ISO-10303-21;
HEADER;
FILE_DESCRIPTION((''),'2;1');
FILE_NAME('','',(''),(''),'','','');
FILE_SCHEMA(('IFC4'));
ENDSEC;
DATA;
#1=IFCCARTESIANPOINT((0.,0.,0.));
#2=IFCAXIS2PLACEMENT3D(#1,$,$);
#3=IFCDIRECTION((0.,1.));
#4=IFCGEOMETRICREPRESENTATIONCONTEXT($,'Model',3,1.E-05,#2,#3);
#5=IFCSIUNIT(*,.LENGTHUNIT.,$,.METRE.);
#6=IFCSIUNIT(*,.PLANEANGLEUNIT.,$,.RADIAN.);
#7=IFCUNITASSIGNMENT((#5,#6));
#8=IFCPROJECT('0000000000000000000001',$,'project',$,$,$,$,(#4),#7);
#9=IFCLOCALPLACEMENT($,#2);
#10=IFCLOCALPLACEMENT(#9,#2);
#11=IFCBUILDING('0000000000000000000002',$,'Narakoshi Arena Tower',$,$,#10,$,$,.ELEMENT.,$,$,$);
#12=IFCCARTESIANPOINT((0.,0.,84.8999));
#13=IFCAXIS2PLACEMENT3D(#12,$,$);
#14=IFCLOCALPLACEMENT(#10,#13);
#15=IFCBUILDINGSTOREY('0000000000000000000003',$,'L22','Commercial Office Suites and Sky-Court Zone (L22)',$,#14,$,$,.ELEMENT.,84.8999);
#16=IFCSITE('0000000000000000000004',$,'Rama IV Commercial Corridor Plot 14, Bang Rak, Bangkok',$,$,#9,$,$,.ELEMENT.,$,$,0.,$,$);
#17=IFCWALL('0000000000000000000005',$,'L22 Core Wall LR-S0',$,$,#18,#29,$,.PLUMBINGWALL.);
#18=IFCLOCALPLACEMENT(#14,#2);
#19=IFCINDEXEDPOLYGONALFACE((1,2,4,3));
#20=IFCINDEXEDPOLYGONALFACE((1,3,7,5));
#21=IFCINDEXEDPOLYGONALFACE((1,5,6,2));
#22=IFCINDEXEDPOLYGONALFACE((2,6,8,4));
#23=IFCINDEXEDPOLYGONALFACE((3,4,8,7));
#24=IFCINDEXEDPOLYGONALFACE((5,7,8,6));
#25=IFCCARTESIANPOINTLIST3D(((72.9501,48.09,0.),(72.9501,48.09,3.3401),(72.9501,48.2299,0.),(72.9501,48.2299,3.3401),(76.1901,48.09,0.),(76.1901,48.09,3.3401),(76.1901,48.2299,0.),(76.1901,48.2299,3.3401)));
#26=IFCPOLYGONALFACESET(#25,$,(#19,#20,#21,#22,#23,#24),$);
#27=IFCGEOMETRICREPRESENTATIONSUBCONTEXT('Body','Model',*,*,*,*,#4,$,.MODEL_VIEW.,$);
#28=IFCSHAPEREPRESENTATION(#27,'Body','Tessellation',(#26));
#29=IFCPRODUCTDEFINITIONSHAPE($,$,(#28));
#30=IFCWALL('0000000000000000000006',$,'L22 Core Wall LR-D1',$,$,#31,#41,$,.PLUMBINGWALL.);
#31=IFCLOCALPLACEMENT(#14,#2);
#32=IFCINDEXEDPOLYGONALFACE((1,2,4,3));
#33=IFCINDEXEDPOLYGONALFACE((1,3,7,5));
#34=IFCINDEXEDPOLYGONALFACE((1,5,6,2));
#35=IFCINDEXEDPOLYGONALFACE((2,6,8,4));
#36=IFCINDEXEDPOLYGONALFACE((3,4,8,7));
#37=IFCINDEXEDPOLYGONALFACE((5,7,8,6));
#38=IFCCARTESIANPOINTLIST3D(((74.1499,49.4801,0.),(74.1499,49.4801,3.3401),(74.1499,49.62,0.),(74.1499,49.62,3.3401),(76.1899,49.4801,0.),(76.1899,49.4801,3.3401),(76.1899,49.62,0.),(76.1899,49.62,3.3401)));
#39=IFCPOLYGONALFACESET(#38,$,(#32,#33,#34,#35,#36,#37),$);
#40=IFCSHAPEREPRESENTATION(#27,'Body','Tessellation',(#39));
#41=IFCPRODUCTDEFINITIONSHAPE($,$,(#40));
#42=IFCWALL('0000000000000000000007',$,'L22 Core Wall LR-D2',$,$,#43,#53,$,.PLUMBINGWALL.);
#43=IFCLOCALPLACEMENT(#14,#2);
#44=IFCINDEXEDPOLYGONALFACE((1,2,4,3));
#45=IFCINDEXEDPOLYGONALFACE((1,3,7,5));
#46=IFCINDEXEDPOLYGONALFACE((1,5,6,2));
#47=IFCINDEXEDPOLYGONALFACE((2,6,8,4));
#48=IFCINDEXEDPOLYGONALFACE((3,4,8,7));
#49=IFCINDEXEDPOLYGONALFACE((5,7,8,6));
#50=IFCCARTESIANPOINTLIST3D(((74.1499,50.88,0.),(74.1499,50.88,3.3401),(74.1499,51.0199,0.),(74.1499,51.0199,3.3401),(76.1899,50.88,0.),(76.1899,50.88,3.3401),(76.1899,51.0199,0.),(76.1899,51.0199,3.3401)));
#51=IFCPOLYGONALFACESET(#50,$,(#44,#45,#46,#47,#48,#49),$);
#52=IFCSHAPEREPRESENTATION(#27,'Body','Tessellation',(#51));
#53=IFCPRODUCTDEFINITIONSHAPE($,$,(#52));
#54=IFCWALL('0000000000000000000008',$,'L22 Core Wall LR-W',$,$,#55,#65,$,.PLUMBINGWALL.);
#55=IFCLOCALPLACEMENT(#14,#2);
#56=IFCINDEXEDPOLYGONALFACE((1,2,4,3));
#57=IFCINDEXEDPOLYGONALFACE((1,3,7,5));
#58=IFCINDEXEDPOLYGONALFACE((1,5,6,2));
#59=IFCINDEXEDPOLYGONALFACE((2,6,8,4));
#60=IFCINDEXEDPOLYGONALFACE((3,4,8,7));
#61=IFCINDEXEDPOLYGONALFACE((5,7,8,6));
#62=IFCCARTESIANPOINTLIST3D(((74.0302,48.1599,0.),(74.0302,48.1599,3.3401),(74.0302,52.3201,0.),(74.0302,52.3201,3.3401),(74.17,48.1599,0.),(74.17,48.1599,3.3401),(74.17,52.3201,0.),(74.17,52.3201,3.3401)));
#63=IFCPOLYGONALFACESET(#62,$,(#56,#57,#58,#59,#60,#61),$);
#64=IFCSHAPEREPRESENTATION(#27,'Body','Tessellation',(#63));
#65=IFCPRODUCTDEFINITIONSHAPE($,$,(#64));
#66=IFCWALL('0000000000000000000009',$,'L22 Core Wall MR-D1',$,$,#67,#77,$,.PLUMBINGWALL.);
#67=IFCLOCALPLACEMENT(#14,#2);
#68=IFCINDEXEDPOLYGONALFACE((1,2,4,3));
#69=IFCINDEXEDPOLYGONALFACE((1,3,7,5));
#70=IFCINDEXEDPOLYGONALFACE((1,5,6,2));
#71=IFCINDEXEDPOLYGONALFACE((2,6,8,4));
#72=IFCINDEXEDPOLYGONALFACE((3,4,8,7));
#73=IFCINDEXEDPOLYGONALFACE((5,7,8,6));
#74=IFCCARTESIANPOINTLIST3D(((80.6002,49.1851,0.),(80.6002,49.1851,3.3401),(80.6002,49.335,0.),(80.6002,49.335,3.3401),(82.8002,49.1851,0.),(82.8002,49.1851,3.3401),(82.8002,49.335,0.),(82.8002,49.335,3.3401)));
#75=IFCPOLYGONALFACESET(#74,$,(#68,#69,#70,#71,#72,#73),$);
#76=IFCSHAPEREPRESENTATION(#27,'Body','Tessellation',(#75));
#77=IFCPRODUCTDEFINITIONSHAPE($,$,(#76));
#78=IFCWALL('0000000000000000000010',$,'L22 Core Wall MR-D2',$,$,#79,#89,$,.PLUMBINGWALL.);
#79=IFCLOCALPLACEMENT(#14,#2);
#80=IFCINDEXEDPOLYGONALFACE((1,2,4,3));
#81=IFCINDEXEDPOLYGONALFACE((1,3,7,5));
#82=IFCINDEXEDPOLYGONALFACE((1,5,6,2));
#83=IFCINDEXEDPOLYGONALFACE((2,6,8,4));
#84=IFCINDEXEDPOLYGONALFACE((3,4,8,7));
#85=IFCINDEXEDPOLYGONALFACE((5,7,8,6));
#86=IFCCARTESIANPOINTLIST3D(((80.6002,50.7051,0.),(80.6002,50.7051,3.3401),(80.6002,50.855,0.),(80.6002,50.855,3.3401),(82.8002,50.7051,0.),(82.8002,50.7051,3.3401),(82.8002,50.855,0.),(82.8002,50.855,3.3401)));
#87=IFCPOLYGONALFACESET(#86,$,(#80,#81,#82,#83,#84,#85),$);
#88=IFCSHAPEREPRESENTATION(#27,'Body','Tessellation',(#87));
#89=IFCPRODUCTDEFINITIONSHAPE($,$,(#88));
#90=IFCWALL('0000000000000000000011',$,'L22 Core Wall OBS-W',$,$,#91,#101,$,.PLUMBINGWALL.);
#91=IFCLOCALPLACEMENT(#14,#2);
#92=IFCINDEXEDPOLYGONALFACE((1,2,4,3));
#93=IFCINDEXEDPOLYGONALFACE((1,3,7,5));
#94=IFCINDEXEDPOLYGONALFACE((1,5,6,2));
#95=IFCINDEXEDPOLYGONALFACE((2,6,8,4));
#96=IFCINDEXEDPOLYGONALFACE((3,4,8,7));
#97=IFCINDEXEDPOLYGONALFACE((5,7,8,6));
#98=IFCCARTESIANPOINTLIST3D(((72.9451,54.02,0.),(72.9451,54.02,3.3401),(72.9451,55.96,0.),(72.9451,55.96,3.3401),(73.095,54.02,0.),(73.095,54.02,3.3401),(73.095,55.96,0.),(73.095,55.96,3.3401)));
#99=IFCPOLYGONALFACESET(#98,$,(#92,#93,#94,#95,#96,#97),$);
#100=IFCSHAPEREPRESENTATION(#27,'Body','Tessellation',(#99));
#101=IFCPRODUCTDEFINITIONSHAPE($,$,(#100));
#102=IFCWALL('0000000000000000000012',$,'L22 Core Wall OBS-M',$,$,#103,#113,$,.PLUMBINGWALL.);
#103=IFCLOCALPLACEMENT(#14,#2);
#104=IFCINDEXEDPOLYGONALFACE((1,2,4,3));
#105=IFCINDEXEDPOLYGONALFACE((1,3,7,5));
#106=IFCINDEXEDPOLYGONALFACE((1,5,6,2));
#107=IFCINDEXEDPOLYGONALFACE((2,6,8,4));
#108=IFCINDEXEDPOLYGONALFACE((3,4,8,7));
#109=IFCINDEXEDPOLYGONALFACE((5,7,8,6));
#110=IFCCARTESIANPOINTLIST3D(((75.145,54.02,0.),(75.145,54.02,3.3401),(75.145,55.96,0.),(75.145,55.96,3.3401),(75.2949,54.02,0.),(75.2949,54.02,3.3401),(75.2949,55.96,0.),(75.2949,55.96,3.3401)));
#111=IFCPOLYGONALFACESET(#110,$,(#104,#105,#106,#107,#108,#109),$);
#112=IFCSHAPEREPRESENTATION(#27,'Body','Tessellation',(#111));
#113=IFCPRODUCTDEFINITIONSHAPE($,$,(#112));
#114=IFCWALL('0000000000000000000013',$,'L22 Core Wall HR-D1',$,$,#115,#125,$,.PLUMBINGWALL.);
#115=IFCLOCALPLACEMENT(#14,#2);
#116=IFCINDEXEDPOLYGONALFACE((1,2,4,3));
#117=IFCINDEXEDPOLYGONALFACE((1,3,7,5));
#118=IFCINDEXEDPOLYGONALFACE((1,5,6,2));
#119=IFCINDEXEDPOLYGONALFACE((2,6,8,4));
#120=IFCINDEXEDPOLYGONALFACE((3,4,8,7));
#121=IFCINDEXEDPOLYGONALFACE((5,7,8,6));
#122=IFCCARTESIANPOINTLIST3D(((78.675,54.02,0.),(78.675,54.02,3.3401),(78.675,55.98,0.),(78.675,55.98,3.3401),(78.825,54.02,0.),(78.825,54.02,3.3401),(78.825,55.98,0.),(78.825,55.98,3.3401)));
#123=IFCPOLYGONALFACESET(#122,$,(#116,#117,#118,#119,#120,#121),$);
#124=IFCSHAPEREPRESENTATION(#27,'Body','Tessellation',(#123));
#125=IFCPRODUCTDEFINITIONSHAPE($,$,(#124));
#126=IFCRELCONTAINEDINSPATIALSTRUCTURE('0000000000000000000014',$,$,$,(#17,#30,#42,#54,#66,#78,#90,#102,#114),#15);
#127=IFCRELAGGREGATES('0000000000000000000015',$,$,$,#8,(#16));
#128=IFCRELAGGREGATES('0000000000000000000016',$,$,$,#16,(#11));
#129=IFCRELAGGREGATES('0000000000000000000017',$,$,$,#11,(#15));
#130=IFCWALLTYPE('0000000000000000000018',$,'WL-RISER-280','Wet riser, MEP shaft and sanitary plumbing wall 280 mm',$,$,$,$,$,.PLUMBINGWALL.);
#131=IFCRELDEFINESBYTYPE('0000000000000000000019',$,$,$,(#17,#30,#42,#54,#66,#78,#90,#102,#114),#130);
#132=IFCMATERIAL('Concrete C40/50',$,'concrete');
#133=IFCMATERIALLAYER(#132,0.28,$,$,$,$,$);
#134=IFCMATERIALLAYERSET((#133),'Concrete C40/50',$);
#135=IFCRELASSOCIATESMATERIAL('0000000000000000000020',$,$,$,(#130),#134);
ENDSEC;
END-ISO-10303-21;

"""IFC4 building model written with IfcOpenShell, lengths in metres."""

from ifc_helpers import new_model, si_unit, direction, frame, frame_2d, origin, place, context, subcontext, project, spatial, rectangle, extrude, material, layer, layer_set, type_object, element, save


model = new_model("IFC4")

# Units and contexts
model_context = context("Model", 3, precision=1e-05, world=origin(), true_north=direction((0.0, 1.0)))
body_context = subcontext(model_context, "Body", "Model", "MODEL_VIEW")
ifc_project = project(units=[si_unit("LENGTHUNIT", "METRE"), si_unit("PLANEANGLEUNIT", "RADIAN")], contexts=[model_context])

# Site, building, storey
site_placement = place(None, origin())
site = spatial("IfcSite", under=ifc_project, at=site_placement, Name="Rama IV Commercial Corridor Plot 14, Bang Rak, Bangkok", CompositionType="ELEMENT", RefElevation=0.0)
building_placement = place(site_placement, origin())
building = spatial("IfcBuilding", under=site, at=building_placement, Name="Narakoshi Arena Tower", CompositionType="ELEMENT")
storey_placement = place(building_placement, frame((0.0, 0.0, 84.8999)))
storey = spatial("IfcBuildingStorey", under=building, at=storey_placement, Name="L22", Description="Commercial Office Suites and Sky-Court Zone (L22)", CompositionType="ELEMENT", Elevation=84.8999)

# Walls
ifc_material_1 = material(Name="Concrete C40/50", Category="concrete")
ifc_layer_1 = layer(ifc_material_1, 0.28)
ifc_layer_set_1 = layer_set([ifc_layer_1], Name="Concrete C40/50")
wall_type_1 = type_object("IfcWallType", Name="WL-RISER-280", Description="Wet riser, MEP shaft and sanitary plumbing wall 280 mm", PredefinedType="PLUMBINGWALL", material=ifc_layer_set_1)
wall_1_placement = place(storey_placement, frame((72.95, 48.1599, 0.0), z_axis=(0.0, 0.0, 1.0), x_axis=(1.0, 0.0, 0.0)))
element("IfcWall", 1, at=wall_1_placement, inside=storey, type_object=wall_type_1, Name="L22 Core Wall LR-S0", PredefinedType="PLUMBINGWALL", context=body_context, shape_type="SweptSolid", body=[
    extrude(rectangle(XDim=3.24, YDim=0.1399, at=frame_2d((1.6201, 0.0))), origin(), (0.0, 0.0, 1.0), 3.3401),
])
for number, where, z_axis, x_axis, name in (
    (2, (74.1499, 49.55, 0.0), (0.0, 0.0, 1.0), (1.0, 0.0, 0.0), "L22 Core Wall LR-D1"),
    (3, (74.1499, 50.95, 0.0), (0.0, 0.0, 1.0), (1.0, 0.0, 0.0), "L22 Core Wall LR-D2"),
):
    element("IfcWall", number, at=place(storey_placement, frame(where, z_axis=z_axis, x_axis=x_axis)), inside=storey, type_object=wall_type_1, Name=name, PredefinedType="PLUMBINGWALL", context=body_context, shape_type="SweptSolid", body=[
        extrude(rectangle(XDim=2.04, YDim=0.1399, at=frame_2d((1.02, 0.0))), origin(), (0.0, 0.0, 1.0), 3.3401),
    ])
wall_2_placement = place(storey_placement, frame((74.1001, 48.1599, 0.0), z_axis=(0.0, 0.0, 1.0), x_axis=(0.0, 1.0, 0.0)))
element("IfcWall", 4, at=wall_2_placement, inside=storey, type_object=wall_type_1, Name="L22 Core Wall LR-W", PredefinedType="PLUMBINGWALL", context=body_context, shape_type="SweptSolid", body=[
    extrude(rectangle(XDim=4.1602, YDim=0.1399, at=frame_2d((2.0801, 0.0))), origin(), (0.0, 0.0, 1.0), 3.3401),
])
for number, where, z_axis, x_axis, name in (
    (5, (80.6001, 49.26, 0.0), (0.0, 0.0, 1.0), (1.0, 0.0, 0.0), "L22 Core Wall MR-D1"),
    (6, (80.6001, 50.78, 0.0), (0.0, 0.0, 1.0), (1.0, 0.0, 0.0), "L22 Core Wall MR-D2"),
):
    element("IfcWall", number, at=place(storey_placement, frame(where, z_axis=z_axis, x_axis=x_axis)), inside=storey, type_object=wall_type_1, Name=name, PredefinedType="PLUMBINGWALL", context=body_context, shape_type="SweptSolid", body=[
        extrude(rectangle(XDim=2.2, YDim=0.1499, at=frame_2d((1.1001, 0.0))), origin(), (0.0, 0.0, 1.0), 3.3401),
    ])
for number, where, z_axis, x_axis, name in (
    (7, (73.02, 54.02, 0.0), (0.0, 0.0, 1.0), (0.0, 1.0, 0.0), "L22 Core Wall OBS-W"),
    (8, (75.22, 54.02, 0.0), (0.0, 0.0, 1.0), (0.0, 1.0, 0.0), "L22 Core Wall OBS-M"),
):
    element("IfcWall", number, at=place(storey_placement, frame(where, z_axis=z_axis, x_axis=x_axis)), inside=storey, type_object=wall_type_1, Name=name, PredefinedType="PLUMBINGWALL", context=body_context, shape_type="SweptSolid", body=[
        extrude(rectangle(XDim=1.9399, YDim=0.1499, at=frame_2d((0.97, 0.0))), origin(), (0.0, 0.0, 1.0), 3.3401),
    ])
wall_3_placement = place(storey_placement, frame((78.75, 54.02, 0.0), z_axis=(0.0, 0.0, 1.0), x_axis=(0.0, 1.0, 0.0)))
element("IfcWall", 9, at=wall_3_placement, inside=storey, type_object=wall_type_1, Name="L22 Core Wall HR-D1", PredefinedType="PLUMBINGWALL", context=body_context, shape_type="SweptSolid", body=[
    extrude(rectangle(XDim=1.96, YDim=0.1499, at=frame_2d((0.98, 0.0))), origin(), (0.0, 0.0, 1.0), 3.3401),
])

save(model, "model.ifc")
